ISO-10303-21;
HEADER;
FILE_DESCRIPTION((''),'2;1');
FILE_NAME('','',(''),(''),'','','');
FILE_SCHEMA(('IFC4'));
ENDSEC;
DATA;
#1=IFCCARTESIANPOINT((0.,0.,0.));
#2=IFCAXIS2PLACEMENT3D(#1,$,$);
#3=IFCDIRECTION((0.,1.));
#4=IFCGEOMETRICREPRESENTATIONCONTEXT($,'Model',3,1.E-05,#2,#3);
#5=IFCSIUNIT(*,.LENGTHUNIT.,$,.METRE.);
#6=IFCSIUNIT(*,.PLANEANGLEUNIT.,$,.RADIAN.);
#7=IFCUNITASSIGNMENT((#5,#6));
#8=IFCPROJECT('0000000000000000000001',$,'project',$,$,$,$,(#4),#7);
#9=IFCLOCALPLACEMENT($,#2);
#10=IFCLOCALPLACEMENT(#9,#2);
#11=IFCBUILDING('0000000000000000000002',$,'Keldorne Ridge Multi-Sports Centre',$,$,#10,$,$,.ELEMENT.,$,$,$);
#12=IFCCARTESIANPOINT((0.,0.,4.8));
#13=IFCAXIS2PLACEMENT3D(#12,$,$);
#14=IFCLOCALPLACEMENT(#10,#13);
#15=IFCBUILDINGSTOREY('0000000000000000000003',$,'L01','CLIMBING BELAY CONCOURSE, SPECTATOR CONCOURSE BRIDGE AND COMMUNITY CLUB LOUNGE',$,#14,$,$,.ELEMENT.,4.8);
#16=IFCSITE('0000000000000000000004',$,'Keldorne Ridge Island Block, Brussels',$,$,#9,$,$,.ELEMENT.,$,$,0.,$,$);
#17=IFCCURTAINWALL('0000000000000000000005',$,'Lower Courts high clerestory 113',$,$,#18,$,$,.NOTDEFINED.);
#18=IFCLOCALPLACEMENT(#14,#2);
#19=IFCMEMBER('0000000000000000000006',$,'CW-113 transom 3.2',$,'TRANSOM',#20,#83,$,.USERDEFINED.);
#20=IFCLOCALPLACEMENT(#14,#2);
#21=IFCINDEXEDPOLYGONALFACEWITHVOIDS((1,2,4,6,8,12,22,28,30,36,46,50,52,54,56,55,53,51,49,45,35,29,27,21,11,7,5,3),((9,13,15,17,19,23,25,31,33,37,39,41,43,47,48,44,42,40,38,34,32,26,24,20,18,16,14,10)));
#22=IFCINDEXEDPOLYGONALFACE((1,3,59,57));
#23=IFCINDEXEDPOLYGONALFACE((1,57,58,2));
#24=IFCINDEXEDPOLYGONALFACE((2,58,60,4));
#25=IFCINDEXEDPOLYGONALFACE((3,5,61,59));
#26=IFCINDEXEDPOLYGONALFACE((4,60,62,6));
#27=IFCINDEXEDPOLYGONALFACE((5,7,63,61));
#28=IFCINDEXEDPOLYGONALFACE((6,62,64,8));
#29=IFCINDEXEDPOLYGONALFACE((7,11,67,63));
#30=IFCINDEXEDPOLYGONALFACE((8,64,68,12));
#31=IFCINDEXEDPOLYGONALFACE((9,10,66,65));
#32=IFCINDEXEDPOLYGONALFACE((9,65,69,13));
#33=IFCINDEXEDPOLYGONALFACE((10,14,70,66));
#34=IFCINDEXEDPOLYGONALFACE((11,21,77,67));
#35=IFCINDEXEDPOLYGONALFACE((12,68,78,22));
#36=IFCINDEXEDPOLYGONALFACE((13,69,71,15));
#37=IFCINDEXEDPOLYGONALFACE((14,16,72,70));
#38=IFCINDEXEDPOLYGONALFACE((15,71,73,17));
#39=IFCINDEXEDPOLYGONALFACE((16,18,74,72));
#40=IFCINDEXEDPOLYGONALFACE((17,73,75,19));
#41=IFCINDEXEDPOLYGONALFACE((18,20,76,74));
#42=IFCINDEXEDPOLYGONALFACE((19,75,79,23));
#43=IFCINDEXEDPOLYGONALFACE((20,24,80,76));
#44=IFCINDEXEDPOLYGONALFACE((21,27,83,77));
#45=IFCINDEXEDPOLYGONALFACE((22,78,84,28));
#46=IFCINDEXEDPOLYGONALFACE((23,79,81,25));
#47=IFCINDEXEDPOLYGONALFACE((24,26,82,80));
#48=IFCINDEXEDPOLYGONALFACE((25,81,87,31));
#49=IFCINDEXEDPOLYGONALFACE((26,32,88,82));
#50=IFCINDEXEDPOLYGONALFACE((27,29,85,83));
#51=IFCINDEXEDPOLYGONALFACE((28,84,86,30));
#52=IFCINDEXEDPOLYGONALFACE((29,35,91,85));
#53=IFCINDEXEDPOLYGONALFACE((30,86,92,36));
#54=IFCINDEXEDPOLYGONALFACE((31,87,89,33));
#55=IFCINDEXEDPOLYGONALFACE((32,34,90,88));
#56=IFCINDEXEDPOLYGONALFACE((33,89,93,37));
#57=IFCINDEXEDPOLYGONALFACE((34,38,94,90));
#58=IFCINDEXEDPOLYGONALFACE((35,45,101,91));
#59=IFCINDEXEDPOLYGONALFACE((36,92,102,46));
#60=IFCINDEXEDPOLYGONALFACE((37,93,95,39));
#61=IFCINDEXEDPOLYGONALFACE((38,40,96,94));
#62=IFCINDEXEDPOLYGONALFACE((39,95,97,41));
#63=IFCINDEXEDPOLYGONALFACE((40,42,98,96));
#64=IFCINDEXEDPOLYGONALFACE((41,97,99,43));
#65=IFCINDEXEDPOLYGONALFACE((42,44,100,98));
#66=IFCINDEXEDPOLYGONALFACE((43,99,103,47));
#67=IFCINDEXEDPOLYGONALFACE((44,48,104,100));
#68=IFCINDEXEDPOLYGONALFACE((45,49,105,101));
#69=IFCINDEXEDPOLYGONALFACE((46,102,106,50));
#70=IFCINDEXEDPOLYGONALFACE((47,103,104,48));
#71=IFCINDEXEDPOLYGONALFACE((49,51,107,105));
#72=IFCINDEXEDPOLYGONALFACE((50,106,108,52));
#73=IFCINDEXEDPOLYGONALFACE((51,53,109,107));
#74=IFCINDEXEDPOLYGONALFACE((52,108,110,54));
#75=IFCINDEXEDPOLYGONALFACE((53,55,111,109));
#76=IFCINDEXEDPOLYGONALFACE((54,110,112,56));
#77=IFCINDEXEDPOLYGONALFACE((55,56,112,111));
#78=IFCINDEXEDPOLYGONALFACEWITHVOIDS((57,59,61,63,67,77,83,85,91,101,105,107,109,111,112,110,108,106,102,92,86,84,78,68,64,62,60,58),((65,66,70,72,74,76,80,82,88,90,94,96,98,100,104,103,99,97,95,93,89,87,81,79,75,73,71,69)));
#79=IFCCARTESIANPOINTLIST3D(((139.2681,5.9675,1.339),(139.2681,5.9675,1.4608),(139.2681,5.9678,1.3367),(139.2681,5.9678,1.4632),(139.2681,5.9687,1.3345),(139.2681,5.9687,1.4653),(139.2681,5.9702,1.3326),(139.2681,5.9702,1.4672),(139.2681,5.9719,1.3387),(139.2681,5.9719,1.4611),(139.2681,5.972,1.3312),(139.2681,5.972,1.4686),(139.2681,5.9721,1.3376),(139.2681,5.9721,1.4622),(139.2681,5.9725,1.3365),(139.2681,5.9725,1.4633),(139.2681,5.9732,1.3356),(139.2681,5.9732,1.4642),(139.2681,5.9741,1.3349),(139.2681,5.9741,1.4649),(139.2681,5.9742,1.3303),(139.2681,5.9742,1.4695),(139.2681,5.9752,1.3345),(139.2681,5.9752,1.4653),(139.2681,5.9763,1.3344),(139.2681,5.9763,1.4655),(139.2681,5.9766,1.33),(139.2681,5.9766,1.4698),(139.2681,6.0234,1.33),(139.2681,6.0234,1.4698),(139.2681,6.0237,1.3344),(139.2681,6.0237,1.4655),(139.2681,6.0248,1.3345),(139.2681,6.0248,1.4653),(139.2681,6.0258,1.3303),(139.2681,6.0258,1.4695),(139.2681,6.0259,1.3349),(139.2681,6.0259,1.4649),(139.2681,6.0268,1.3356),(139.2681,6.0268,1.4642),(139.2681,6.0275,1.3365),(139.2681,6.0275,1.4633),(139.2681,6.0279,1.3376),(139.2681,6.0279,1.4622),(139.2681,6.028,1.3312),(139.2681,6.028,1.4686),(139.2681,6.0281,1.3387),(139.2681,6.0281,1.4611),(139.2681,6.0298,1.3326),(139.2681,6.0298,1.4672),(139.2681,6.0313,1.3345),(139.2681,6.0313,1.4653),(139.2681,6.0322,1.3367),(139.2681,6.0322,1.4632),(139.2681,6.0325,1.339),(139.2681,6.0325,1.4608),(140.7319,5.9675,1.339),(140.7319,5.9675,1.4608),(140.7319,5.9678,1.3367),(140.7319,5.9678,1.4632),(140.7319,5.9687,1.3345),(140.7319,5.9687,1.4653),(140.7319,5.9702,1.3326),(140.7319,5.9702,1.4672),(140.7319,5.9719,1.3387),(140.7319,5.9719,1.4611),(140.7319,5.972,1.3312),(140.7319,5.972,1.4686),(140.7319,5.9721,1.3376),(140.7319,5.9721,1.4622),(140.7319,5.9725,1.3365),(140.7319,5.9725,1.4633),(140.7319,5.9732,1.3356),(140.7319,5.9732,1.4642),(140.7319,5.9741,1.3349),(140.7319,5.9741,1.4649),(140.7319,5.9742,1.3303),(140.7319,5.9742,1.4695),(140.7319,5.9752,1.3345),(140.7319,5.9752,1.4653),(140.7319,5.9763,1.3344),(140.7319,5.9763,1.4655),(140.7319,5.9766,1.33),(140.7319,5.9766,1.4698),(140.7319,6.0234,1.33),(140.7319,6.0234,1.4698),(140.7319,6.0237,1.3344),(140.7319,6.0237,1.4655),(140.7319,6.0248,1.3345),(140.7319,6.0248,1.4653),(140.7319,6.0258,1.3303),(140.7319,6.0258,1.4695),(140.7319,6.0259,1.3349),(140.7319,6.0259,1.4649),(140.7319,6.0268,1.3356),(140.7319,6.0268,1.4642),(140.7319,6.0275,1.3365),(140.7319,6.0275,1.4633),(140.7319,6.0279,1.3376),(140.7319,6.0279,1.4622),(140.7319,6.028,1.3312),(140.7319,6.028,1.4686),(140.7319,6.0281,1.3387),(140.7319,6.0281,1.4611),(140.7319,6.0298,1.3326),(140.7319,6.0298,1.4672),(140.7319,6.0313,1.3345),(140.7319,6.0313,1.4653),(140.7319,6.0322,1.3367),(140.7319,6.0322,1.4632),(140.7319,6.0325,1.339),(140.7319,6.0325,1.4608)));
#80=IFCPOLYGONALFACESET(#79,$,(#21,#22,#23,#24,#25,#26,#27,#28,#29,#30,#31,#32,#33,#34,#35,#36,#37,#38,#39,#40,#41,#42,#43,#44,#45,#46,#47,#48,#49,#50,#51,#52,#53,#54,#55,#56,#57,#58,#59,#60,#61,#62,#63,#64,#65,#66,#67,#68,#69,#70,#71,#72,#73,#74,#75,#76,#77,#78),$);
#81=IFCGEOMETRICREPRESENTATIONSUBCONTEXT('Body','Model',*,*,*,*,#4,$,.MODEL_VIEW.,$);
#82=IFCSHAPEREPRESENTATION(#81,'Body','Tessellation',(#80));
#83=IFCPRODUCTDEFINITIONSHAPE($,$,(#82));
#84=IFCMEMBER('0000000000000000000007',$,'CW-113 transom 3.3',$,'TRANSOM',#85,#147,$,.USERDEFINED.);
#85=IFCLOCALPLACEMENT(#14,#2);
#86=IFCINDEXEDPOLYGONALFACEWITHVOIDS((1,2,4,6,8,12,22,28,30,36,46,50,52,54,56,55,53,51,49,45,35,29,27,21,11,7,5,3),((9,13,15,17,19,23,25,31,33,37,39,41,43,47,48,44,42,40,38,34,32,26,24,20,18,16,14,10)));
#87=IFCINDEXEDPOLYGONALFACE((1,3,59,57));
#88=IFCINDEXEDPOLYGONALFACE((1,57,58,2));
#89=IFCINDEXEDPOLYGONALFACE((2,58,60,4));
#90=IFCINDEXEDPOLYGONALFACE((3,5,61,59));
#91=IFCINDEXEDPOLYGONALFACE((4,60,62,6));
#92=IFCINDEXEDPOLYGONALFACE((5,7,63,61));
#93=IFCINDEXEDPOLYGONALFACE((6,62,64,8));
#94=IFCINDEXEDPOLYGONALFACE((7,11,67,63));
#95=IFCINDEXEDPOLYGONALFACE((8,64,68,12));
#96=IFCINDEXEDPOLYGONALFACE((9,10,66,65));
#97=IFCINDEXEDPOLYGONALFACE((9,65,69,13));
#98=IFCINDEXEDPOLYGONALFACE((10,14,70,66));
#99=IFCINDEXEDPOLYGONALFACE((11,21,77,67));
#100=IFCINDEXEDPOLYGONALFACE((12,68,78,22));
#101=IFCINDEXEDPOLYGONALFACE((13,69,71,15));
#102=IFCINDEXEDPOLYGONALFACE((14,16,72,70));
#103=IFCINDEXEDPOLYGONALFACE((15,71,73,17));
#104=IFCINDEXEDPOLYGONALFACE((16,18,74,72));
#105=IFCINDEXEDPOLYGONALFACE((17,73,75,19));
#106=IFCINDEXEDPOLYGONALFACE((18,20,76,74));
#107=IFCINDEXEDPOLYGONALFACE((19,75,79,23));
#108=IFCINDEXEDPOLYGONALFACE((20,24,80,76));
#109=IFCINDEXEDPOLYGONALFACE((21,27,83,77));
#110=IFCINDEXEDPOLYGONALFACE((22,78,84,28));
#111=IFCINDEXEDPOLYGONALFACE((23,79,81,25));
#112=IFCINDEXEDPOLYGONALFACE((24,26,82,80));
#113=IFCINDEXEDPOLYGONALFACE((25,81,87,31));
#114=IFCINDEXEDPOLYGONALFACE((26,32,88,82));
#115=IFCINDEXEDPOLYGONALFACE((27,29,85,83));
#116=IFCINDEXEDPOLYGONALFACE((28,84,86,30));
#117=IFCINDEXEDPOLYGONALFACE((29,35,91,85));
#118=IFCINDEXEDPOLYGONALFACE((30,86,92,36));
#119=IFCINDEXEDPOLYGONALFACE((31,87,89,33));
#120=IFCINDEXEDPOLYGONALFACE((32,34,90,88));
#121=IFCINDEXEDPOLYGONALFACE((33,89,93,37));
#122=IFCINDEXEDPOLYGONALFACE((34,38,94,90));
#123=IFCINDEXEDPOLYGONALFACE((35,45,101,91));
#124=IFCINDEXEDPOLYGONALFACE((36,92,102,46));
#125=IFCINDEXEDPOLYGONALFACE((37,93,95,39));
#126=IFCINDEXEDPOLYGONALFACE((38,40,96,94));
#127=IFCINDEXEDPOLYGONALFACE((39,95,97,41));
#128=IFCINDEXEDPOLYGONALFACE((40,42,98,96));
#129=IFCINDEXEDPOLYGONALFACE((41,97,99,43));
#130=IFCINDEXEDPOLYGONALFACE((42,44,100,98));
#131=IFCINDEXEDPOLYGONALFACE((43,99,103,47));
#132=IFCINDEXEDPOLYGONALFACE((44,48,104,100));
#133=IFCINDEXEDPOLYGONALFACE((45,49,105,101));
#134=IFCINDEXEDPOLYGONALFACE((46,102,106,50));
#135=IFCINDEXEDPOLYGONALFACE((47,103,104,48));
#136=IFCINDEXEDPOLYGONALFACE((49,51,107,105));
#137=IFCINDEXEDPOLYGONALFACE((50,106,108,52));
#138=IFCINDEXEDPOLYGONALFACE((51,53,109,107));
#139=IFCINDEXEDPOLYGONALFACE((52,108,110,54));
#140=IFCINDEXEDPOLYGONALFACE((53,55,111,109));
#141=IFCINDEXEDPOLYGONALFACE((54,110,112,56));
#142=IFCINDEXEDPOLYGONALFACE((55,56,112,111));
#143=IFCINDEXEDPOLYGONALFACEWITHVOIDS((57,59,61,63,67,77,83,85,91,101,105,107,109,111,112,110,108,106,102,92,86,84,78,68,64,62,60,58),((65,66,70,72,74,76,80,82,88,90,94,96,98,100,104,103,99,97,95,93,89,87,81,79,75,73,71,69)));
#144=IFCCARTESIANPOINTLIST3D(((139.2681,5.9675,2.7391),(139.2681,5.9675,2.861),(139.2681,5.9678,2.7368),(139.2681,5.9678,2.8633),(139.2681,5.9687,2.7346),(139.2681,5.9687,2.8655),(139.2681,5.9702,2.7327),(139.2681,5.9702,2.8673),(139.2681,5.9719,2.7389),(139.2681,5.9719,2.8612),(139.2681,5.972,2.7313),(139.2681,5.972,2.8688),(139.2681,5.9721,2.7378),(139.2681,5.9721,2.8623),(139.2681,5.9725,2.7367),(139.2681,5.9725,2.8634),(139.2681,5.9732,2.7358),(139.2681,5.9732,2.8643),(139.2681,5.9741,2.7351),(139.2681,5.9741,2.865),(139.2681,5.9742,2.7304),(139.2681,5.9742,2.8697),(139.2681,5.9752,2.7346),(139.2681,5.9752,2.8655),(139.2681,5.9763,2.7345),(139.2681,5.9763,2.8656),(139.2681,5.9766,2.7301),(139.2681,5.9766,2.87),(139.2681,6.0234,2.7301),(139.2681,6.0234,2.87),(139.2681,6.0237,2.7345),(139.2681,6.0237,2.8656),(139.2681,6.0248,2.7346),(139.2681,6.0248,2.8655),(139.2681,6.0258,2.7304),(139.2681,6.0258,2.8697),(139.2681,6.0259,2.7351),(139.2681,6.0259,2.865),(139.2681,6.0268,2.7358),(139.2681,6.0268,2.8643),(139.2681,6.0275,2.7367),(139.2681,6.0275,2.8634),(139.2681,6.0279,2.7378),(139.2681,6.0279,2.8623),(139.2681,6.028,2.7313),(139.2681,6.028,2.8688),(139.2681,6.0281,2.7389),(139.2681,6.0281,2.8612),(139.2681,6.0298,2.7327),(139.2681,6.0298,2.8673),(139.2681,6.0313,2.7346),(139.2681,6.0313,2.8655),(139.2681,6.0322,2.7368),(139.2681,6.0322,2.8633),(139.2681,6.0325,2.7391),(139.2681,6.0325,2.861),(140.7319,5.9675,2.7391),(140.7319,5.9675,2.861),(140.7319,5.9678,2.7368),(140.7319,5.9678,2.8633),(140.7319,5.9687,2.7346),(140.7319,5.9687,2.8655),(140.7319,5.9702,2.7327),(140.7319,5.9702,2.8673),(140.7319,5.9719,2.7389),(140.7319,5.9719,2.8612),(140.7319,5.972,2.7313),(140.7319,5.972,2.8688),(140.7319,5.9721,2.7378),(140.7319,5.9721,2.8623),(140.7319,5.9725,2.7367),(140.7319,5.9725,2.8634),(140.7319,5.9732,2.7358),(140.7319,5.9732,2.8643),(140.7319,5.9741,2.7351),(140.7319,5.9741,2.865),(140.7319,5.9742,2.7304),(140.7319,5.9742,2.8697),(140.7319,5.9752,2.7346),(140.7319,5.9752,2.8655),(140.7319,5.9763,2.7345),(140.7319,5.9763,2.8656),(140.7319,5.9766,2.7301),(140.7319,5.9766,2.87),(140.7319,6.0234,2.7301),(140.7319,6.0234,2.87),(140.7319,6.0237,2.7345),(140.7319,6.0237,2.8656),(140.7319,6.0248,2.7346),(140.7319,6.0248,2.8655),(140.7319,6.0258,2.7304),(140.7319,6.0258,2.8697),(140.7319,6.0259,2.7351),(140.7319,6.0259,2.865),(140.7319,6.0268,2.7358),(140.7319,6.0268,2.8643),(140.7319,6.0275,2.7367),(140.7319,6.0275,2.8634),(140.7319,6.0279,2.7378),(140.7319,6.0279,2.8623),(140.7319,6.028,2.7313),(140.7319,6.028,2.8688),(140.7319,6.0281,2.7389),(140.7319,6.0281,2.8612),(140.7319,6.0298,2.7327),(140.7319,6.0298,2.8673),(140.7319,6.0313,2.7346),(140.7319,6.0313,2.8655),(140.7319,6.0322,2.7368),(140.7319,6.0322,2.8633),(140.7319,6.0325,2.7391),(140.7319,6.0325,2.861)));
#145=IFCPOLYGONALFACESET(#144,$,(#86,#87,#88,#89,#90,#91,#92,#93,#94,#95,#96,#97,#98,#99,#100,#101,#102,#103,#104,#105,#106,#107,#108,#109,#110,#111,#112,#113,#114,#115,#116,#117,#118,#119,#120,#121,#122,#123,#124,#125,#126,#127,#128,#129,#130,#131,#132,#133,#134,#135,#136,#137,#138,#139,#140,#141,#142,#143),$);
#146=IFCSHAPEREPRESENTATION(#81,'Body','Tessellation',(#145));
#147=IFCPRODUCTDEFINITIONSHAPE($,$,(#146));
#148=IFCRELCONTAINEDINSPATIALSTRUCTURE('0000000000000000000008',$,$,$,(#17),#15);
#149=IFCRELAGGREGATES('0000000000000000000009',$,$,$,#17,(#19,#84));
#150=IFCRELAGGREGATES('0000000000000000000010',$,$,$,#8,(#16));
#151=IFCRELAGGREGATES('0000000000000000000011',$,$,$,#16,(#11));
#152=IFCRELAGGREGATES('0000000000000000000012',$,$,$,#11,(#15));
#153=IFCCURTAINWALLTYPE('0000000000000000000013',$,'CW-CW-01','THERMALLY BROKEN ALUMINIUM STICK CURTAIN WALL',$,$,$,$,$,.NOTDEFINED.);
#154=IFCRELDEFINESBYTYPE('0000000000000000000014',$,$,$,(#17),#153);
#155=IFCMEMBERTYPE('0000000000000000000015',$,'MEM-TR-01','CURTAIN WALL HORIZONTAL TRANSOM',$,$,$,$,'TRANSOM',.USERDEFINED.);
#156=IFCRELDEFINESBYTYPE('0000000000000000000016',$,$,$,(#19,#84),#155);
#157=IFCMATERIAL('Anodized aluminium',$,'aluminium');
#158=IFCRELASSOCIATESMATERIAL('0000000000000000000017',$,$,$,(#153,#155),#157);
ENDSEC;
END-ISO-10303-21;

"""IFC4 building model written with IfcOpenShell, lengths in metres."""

from ifc_helpers import new_model, si_unit, direction, frame, origin, origin_2d, place, context, subcontext, project, spatial, hollow_rectangle, extrude, material, material_profile, profile_set, type_object, element, aggregate, save


model = new_model("IFC4")

# Units and contexts
model_context = context("Model", 3, precision=1e-05, world=origin(), true_north=direction((0.0, 1.0)))
body_context = subcontext(model_context, "Body", "Model", "MODEL_VIEW")
ifc_project = project(units=[si_unit("LENGTHUNIT", "METRE"), si_unit("PLANEANGLEUNIT", "RADIAN")], contexts=[model_context])

# Site, building, storey
site_placement = place(None, origin())
site = spatial("IfcSite", under=ifc_project, at=site_placement, Name="Keldorne Ridge Island Block, Brussels", CompositionType="ELEMENT", RefElevation=0.0)
building_placement = place(site_placement, origin())
building = spatial("IfcBuilding", under=site, at=building_placement, Name="Keldorne Ridge Multi-Sports Centre", CompositionType="ELEMENT")
storey_placement = place(building_placement, frame((0.0, 0.0, 4.8)))
storey = spatial("IfcBuildingStorey", under=building, at=storey_placement, Name="L01", Description="CLIMBING BELAY CONCOURSE, SPECTATOR CONCOURSE BRIDGE AND COMMUNITY CLUB LOUNGE", CompositionType="ELEMENT", Elevation=4.8)

# Curtain wall, members
ifc_material_1 = material(Name="Anodized aluminium", Category="aluminium")
curtain_wall_type = type_object("IfcCurtainWallType", Name="CW-CW-01", Description="THERMALLY BROKEN ALUMINIUM STICK CURTAIN WALL", PredefinedType="NOTDEFINED", material=ifc_material_1)
curtain_wall_placement = place(storey_placement, origin())
curtain_wall = element("IfcCurtainWall", 1, at=curtain_wall_placement, inside=storey, type_object=curtain_wall_type, Name="Lower Courts high clerestory 113", PredefinedType="NOTDEFINED")
ifc_material_profile_1 = material_profile(ifc_material_1, hollow_rectangle(XDim=0.0649, YDim=0.1399, WallThickness=0.0044, InnerFilletRadius=0.0044, OuterFilletRadius=0.009, at=origin_2d()), Name="ALU TRANSOM 140x65x4.5")
ifc_profile_set_1 = profile_set([ifc_material_profile_1], Name="Anodized aluminium")
member_type_1 = type_object("IfcMemberType", Name="MEM-TR-01", Description="CURTAIN WALL HORIZONTAL TRANSOM", ElementType="TRANSOM", PredefinedType="USERDEFINED", material=ifc_profile_set_1)
member_1_placement = place(storey_placement, frame((139.2681, 6.0, 1.3999), z_axis=(1.0, 0.0, 0.0), x_axis=(0.0, 1.0, 0.0)))
member_1 = element("IfcMember", 2, at=member_1_placement, type_object=member_type_1, Name="CW-113 transom 3.2", ObjectType="TRANSOM", PredefinedType="USERDEFINED", context=body_context, shape_type="SweptSolid", body=[
    extrude(hollow_rectangle(XDim=0.0649, YDim=0.1399, WallThickness=0.0044, InnerFilletRadius=0.0044, OuterFilletRadius=0.009, at=origin_2d()), origin(), (0.0, 0.0, 1.0), 1.4639),
])
member_2_placement = place(storey_placement, frame((139.2681, 6.0, 2.8), z_axis=(1.0, 0.0, 0.0), x_axis=(0.0, 1.0, 0.0)))
member_2 = element("IfcMember", 3, at=member_2_placement, type_object=member_type_1, Name="CW-113 transom 3.3", ObjectType="TRANSOM", PredefinedType="USERDEFINED", context=body_context, shape_type="SweptSolid", body=[
    extrude(hollow_rectangle(XDim=0.0649, YDim=0.1399, WallThickness=0.0044, InnerFilletRadius=0.0044, OuterFilletRadius=0.009, at=origin_2d()), origin(), (0.0, 0.0, 1.0), 1.4639),
])
aggregate(curtain_wall, [member_1, member_2])

save(model, "model.ifc")
